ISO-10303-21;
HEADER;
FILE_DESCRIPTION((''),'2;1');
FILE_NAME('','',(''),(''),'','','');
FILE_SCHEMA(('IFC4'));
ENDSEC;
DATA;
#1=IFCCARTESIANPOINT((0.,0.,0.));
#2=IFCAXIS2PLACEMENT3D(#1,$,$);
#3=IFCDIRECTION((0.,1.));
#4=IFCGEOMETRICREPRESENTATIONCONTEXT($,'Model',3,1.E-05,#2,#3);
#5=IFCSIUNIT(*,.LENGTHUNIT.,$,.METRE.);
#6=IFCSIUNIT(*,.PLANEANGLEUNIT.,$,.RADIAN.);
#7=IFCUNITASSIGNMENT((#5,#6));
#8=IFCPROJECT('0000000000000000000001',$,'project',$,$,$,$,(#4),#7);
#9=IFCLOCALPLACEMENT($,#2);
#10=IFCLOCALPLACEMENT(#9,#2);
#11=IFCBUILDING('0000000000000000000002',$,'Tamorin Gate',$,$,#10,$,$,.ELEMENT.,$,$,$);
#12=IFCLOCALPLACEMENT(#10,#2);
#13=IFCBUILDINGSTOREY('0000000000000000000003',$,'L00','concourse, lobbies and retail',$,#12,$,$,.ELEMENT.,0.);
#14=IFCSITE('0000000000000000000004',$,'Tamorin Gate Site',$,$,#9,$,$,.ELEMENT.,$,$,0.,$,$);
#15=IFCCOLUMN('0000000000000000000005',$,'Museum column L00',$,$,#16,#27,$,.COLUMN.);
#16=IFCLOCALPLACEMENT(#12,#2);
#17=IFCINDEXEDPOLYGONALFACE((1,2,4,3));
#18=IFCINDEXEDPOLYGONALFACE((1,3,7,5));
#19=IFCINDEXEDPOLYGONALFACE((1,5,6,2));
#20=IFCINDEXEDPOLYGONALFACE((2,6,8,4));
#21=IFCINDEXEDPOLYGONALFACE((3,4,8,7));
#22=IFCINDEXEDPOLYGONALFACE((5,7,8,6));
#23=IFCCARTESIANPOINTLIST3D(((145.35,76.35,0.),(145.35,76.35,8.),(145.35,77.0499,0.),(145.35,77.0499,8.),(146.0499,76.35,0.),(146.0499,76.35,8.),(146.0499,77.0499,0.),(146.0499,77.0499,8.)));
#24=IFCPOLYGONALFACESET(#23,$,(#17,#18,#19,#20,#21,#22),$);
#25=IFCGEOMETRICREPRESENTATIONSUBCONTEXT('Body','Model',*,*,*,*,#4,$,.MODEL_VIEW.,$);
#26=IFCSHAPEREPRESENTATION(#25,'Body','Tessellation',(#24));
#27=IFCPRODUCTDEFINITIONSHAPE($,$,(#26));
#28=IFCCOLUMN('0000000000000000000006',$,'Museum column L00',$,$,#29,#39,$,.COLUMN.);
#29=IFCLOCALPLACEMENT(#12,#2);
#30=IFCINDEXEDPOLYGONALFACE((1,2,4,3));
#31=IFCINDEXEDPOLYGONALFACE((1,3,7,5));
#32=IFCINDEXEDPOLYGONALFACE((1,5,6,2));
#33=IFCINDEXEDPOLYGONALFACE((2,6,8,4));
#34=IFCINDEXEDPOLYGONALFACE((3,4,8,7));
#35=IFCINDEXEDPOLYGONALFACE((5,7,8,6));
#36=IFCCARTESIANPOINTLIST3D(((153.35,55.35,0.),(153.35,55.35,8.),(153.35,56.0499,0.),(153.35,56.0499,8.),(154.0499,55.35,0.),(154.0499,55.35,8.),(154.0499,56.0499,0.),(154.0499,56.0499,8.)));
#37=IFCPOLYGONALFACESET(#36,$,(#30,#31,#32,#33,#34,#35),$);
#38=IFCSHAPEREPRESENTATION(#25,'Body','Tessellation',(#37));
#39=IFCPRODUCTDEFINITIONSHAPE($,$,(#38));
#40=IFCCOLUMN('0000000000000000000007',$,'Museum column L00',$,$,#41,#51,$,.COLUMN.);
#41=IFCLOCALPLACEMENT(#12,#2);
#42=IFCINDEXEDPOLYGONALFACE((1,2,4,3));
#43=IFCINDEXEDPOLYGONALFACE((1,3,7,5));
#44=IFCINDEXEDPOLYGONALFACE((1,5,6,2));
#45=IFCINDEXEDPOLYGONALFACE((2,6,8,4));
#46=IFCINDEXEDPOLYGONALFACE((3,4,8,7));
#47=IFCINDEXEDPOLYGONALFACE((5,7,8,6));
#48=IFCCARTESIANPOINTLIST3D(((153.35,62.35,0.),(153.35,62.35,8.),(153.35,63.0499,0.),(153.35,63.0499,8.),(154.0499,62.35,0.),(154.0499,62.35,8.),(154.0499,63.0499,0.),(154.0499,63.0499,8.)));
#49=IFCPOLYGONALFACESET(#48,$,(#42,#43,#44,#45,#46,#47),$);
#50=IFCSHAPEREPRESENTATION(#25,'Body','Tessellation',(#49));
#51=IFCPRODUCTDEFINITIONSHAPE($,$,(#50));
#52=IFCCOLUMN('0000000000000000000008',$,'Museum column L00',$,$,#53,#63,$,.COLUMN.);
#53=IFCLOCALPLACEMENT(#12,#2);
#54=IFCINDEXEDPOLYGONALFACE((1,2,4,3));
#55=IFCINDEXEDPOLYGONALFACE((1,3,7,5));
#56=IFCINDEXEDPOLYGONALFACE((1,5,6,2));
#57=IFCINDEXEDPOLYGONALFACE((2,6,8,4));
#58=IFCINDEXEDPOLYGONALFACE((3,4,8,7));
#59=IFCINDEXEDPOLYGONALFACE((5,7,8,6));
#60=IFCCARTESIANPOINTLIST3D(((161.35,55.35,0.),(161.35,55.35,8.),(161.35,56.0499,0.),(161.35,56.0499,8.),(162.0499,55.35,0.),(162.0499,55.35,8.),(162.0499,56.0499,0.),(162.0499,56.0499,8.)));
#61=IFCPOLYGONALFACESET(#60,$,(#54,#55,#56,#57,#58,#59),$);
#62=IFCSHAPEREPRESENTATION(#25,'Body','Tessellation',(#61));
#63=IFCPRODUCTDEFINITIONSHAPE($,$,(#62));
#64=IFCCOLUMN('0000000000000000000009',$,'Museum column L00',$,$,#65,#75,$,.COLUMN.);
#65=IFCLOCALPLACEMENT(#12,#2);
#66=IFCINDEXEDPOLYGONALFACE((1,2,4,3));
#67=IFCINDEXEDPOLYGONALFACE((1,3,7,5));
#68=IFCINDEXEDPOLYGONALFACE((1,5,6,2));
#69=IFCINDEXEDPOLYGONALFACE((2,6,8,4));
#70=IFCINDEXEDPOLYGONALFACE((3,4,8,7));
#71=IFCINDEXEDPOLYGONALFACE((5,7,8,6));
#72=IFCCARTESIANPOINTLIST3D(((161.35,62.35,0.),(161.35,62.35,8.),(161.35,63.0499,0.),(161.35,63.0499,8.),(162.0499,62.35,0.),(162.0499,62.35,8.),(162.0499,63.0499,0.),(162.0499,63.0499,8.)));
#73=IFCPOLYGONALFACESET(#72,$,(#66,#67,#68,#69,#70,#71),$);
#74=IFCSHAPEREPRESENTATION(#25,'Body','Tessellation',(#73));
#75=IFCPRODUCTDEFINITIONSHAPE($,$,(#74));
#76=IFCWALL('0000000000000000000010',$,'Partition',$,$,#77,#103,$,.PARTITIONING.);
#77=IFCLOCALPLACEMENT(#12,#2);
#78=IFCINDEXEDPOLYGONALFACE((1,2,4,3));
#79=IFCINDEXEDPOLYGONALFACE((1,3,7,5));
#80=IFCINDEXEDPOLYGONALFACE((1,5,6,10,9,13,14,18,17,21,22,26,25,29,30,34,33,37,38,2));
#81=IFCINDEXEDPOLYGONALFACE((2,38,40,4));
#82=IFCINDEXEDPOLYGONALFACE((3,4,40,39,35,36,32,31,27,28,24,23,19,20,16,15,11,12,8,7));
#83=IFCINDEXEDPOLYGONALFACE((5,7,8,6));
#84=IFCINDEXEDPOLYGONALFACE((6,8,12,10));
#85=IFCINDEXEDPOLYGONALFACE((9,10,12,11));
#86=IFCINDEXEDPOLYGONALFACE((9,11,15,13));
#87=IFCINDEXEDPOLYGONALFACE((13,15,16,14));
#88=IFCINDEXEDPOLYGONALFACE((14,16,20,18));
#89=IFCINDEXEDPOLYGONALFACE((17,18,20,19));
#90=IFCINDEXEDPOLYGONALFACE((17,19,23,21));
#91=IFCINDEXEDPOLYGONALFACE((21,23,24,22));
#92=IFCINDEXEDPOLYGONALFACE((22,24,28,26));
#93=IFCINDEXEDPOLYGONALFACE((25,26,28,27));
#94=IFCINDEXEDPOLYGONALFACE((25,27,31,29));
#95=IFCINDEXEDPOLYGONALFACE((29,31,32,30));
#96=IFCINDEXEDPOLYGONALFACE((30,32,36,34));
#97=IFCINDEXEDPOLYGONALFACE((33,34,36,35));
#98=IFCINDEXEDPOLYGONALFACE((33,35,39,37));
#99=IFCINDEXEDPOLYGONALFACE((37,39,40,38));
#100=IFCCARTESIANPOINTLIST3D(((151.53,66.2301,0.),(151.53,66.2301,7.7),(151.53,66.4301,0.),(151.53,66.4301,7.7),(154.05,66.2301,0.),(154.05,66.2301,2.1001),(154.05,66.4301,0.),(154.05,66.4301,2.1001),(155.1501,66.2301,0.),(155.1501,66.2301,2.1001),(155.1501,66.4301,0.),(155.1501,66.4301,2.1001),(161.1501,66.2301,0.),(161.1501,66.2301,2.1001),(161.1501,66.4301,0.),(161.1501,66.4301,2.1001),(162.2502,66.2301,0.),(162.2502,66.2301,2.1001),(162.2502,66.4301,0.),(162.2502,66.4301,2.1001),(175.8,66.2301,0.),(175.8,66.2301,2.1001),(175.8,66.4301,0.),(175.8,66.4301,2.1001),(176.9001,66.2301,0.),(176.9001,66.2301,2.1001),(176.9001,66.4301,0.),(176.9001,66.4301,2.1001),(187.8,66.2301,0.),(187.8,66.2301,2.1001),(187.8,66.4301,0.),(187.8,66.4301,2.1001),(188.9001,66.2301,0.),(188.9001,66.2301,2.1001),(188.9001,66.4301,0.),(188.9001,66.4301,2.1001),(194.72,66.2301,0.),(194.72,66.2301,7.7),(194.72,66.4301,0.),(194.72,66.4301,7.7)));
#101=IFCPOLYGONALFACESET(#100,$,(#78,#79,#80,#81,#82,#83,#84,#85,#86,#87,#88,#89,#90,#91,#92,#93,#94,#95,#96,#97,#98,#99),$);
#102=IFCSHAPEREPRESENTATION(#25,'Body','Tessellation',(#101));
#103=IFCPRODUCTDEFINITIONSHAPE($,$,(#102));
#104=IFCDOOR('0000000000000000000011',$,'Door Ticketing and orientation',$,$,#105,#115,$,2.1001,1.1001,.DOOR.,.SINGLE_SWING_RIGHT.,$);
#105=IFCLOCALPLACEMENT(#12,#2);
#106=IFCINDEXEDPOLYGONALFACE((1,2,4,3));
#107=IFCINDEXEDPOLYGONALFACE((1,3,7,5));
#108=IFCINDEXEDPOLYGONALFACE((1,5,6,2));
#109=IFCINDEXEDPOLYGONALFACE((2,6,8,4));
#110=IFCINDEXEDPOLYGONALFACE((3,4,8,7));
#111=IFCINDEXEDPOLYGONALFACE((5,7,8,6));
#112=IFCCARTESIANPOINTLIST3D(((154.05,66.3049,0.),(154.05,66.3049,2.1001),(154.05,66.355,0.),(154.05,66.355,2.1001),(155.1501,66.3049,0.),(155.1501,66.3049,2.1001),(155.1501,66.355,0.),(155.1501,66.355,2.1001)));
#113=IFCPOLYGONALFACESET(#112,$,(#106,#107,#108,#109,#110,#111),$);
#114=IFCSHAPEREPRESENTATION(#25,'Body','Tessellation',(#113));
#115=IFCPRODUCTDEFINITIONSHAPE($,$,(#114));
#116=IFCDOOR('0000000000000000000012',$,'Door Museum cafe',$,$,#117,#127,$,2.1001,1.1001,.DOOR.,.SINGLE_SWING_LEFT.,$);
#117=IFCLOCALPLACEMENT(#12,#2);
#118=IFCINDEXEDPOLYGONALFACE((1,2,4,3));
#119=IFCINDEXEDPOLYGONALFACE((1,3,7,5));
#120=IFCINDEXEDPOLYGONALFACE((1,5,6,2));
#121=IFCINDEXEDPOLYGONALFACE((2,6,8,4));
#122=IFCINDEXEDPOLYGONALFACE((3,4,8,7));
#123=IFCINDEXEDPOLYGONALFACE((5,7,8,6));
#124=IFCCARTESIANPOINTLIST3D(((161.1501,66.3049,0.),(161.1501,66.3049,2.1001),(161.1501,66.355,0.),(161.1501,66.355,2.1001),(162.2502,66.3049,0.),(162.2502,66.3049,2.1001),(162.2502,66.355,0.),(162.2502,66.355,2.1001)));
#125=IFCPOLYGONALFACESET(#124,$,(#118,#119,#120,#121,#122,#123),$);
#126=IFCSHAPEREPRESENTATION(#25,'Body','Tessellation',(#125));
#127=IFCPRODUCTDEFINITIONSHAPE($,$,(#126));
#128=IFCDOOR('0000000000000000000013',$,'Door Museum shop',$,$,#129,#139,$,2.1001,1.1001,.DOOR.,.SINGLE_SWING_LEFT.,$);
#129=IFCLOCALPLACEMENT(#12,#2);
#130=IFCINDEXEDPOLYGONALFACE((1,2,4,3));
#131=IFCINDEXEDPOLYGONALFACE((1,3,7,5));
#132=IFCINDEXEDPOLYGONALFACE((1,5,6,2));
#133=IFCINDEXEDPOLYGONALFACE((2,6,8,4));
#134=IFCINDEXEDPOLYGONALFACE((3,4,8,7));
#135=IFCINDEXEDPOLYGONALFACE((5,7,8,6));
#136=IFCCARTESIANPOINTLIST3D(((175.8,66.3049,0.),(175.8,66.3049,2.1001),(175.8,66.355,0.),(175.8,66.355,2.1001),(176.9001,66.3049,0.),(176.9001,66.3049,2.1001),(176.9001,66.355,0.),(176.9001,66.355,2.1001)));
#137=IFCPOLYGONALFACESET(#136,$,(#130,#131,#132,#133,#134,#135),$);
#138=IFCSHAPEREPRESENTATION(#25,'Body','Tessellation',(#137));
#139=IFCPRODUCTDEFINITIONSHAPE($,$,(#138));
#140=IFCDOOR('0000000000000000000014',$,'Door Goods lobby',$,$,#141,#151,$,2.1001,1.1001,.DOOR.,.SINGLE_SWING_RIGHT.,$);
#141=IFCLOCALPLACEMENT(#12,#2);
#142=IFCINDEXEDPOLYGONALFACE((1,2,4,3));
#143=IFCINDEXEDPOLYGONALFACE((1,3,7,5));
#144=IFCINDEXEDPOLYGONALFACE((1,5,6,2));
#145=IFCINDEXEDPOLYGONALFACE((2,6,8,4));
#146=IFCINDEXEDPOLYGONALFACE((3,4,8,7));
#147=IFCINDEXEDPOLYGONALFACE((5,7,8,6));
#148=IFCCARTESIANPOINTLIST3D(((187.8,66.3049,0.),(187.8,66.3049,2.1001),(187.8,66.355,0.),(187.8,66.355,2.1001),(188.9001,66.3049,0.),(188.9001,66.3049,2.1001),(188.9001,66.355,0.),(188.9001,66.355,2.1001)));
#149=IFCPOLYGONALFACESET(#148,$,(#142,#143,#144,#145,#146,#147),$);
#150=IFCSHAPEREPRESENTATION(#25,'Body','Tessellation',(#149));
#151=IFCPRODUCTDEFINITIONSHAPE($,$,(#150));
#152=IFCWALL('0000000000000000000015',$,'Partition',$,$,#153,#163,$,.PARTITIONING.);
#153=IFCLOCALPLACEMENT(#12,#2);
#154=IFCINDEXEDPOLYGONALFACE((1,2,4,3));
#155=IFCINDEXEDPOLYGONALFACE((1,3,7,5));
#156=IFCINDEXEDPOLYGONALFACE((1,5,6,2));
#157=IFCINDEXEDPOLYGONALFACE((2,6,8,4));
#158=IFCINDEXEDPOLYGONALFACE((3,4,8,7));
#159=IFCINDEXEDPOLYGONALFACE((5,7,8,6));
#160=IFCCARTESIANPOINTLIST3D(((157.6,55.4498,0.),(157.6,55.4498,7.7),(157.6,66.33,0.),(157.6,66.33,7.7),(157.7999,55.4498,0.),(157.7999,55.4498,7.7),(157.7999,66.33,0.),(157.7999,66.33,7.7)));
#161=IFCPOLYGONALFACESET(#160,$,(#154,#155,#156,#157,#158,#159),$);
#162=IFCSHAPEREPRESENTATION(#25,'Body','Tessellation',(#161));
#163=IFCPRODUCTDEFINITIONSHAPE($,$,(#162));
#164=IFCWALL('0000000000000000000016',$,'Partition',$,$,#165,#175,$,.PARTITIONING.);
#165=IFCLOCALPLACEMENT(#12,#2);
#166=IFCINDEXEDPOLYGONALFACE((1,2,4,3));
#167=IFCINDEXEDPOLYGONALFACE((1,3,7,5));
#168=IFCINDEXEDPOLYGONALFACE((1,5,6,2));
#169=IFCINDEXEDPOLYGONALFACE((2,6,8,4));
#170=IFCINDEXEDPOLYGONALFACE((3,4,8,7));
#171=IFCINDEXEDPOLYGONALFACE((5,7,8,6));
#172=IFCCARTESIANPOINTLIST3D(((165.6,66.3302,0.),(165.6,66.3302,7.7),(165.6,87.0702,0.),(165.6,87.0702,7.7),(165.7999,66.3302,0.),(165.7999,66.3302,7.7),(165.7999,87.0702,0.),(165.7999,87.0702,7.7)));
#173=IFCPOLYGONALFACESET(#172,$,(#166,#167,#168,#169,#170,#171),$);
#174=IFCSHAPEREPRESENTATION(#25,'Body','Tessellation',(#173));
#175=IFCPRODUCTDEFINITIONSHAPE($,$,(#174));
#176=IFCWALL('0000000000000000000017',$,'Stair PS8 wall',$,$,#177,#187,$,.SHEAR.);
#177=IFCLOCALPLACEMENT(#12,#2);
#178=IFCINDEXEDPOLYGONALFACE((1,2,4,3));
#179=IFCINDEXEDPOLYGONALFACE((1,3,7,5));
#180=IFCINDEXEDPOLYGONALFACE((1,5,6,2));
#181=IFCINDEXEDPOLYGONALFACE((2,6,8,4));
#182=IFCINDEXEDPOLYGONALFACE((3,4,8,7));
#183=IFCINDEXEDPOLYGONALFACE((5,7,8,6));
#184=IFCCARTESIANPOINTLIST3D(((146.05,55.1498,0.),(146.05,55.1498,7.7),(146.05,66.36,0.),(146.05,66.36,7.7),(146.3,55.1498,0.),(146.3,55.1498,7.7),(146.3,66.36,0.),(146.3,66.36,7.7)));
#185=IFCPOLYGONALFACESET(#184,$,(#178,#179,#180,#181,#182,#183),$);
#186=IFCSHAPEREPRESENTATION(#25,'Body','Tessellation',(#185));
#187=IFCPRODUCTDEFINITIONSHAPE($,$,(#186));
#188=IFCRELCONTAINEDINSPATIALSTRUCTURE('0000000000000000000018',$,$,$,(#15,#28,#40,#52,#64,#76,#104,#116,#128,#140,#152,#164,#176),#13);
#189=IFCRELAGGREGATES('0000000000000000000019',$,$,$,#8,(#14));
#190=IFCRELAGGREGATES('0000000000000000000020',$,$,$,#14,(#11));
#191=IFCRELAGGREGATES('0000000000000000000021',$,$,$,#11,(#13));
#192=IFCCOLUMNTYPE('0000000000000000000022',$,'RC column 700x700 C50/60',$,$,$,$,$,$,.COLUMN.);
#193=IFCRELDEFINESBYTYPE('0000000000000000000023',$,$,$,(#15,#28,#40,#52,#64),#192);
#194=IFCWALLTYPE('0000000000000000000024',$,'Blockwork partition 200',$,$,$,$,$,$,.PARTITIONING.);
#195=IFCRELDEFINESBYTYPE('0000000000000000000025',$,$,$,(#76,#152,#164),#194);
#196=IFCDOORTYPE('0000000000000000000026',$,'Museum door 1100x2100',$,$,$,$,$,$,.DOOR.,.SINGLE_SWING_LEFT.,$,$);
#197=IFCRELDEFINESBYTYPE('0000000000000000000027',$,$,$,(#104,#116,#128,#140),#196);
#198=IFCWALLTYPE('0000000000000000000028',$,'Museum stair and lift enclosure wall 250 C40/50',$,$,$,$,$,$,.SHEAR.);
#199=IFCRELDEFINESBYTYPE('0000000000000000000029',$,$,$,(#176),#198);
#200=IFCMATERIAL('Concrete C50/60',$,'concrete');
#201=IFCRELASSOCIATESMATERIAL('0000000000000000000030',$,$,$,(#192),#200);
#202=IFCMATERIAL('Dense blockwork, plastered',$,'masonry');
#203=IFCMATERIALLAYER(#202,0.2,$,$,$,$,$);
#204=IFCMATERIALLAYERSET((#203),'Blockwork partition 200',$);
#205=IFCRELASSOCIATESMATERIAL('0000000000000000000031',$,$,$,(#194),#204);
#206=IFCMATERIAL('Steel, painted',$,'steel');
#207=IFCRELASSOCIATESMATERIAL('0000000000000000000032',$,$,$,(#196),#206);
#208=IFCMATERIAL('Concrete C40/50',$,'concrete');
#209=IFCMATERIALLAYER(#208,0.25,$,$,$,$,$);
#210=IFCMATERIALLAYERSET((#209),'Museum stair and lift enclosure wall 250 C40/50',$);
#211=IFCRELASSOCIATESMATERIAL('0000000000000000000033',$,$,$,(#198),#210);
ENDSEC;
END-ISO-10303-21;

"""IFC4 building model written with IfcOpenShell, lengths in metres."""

from ifc_helpers import new_model, si_unit, direction, frame, frame_2d, origin, origin_2d, place, context, subcontext, project, spatial, rectangle, extrude, material, layer, layer_set, material_profile, profile_set, type_object, element, fill, save


model = new_model("IFC4")

# Units and contexts
model_context = context("Model", 3, precision=1e-05, world=origin(), true_north=direction((0.0, 1.0)))
body_context = subcontext(model_context, "Body", "Model", "MODEL_VIEW")
ifc_project = project(units=[si_unit("LENGTHUNIT", "METRE"), si_unit("PLANEANGLEUNIT", "RADIAN")], contexts=[model_context])

# Site, building, storey
site_placement = place(None, origin())
site = spatial("IfcSite", under=ifc_project, at=site_placement, Name="Tamorin Gate Site", CompositionType="ELEMENT", RefElevation=0.0)
building_placement = place(site_placement, origin())
building = spatial("IfcBuilding", under=site, at=building_placement, Name="Tamorin Gate", CompositionType="ELEMENT")
storey_placement = place(building_placement, origin())
storey = spatial("IfcBuildingStorey", under=building, at=storey_placement, Name="L00", Description="concourse, lobbies and retail", CompositionType="ELEMENT", Elevation=0.0)

# Columns
ifc_material_1 = material(Name="Concrete C50/60", Category="concrete")
ifc_material_profile = material_profile(ifc_material_1, rectangle(XDim=0.7, YDim=0.7, at=origin_2d()), Name="RC 700x700")
ifc_profile_set = profile_set([ifc_material_profile], Name="Concrete C50/60")
column_type = type_object("IfcColumnType", Name="RC column 700x700 C50/60", PredefinedType="COLUMN", material=ifc_profile_set)
for number, where, z_axis, x_axis, name in (
    (1, (145.7, 76.7, 0.0), (0.0, 0.0, 1.0), (1.0, 0.0, 0.0), "Museum column L00"),
    (2, (153.7, 55.7, 0.0), (0.0, 0.0, 1.0), (1.0, 0.0, 0.0), "Museum column L00"),
    (3, (153.7, 62.7, 0.0), (0.0, 0.0, 1.0), (1.0, 0.0, 0.0), "Museum column L00"),
    (4, (161.7, 55.7, 0.0), (0.0, 0.0, 1.0), (1.0, 0.0, 0.0), "Museum column L00"),
    (5, (161.7, 62.7, 0.0), (0.0, 0.0, 1.0), (1.0, 0.0, 0.0), "Museum column L00"),
):
    element("IfcColumn", number, at=place(storey_placement, frame(where, z_axis=z_axis, x_axis=x_axis)), inside=storey, type_object=column_type, Name=name, PredefinedType="COLUMN", context=body_context, shape_type="SweptSolid", body=[
        extrude(rectangle(XDim=0.7, YDim=0.7, at=origin_2d()), origin(), (0.0, 0.0, 1.0), 8.0),
    ])

# Wall, openings, doors
ifc_material_2 = material(Name="Dense blockwork, plastered", Category="masonry")
ifc_layer_1 = layer(ifc_material_2, 0.2)
ifc_layer_set_1 = layer_set([ifc_layer_1], Name="Blockwork partition 200")
wall_type_1 = type_object("IfcWallType", Name="Blockwork partition 200", PredefinedType="PARTITIONING", material=ifc_layer_set_1)
wall_1_placement = place(storey_placement, frame((151.53, 66.3301, 0.0), z_axis=(0.0, 0.0, 1.0), x_axis=(1.0, 0.0, 0.0)))
wall_1 = element("IfcWall", 6, at=wall_1_placement, inside=storey, type_object=wall_type_1, Name="Partition", PredefinedType="PARTITIONING", context=body_context, shape_type="SweptSolid", body=[
    extrude(rectangle(XDim=43.1899, YDim=0.2, at=frame_2d((21.595, 0.0))), origin(), (0.0, 0.0, 1.0), 7.7),
])
opening_1_placement = place(wall_1_placement, frame((2.52, 0.0, 0.0)))
opening_1 = element("IfcOpeningElement", 7, at=opening_1_placement, cuts=wall_1, PredefinedType="OPENING", context=body_context, shape_type="SweptSolid", body=[
    extrude(rectangle(XDim=1.1001, YDim=2.1001, at=frame_2d((0.55, 1.05))), frame((0.0, 0.1099, 0.0), z_axis=(0.0, -1.0, 0.0), x_axis=(1.0, 0.0, 0.0)), (0.0, 0.0, 1.0), 0.22),
])
opening_2_placement = place(wall_1_placement, frame((9.6201, 0.0, 0.0)))
opening_2 = element("IfcOpeningElement", 8, at=opening_2_placement, cuts=wall_1, PredefinedType="OPENING", context=body_context, shape_type="SweptSolid", body=[
    extrude(rectangle(XDim=1.1001, YDim=2.1001, at=frame_2d((0.55, 1.05))), frame((0.0, 0.1099, 0.0), z_axis=(0.0, -1.0, 0.0), x_axis=(1.0, 0.0, 0.0)), (0.0, 0.0, 1.0), 0.22),
])
opening_3_placement = place(wall_1_placement, frame((24.27, 0.0, 0.0)))
opening_3 = element("IfcOpeningElement", 9, at=opening_3_placement, cuts=wall_1, PredefinedType="OPENING", context=body_context, shape_type="SweptSolid", body=[
    extrude(rectangle(XDim=1.1001, YDim=2.1001, at=frame_2d((0.55, 1.05))), frame((0.0, 0.1099, 0.0), z_axis=(0.0, -1.0, 0.0), x_axis=(1.0, 0.0, 0.0)), (0.0, 0.0, 1.0), 0.22),
])
opening_4_placement = place(wall_1_placement, frame((36.27, 0.0, 0.0)))
opening_4 = element("IfcOpeningElement", 10, at=opening_4_placement, cuts=wall_1, PredefinedType="OPENING", context=body_context, shape_type="SweptSolid", body=[
    extrude(rectangle(XDim=1.1001, YDim=2.1001, at=frame_2d((0.55, 1.05))), frame((0.0, 0.1099, 0.0), z_axis=(0.0, -1.0, 0.0), x_axis=(1.0, 0.0, 0.0)), (0.0, 0.0, 1.0), 0.22),
])
ifc_material_3 = material(Name="Steel, painted", Category="steel")
door_type_1 = type_object("IfcDoorType", Name="Museum door 1100x2100", OperationType="SINGLE_SWING_LEFT", PredefinedType="DOOR", material=ifc_material_3)
door_1_placement = place(opening_1_placement, origin())
door_1 = element("IfcDoor", 11, at=door_1_placement, inside=storey, type_object=door_type_1, Name="Door Ticketing and orientation", OperationType="SINGLE_SWING_RIGHT", OverallHeight=2.1001, OverallWidth=1.1001, PredefinedType="DOOR", context=body_context, shape_type="SweptSolid", body=[
    extrude(rectangle(XDim=1.1001, YDim=2.1001, at=frame_2d((0.55, 1.05))), frame((0.0, 0.0249, 0.0), z_axis=(0.0, -1.0, 0.0), x_axis=(1.0, 0.0, 0.0)), (0.0, 0.0, 1.0), 0.05),
])
fill(opening_1, door_1)
door_2_placement = place(opening_2_placement, origin())
door_2 = element("IfcDoor", 12, at=door_2_placement, inside=storey, type_object=door_type_1, Name="Door Museum cafe", OperationType="SINGLE_SWING_LEFT", OverallHeight=2.1001, OverallWidth=1.1001, PredefinedType="DOOR", context=body_context, shape_type="SweptSolid", body=[
    extrude(rectangle(XDim=1.1001, YDim=2.1001, at=frame_2d((0.55, 1.05))), frame((0.0, 0.0249, 0.0), z_axis=(0.0, -1.0, 0.0), x_axis=(1.0, 0.0, 0.0)), (0.0, 0.0, 1.0), 0.05),
])
fill(opening_2, door_2)
door_3_placement = place(opening_3_placement, origin())
door_3 = element("IfcDoor", 13, at=door_3_placement, inside=storey, type_object=door_type_1, Name="Door Museum shop", OperationType="SINGLE_SWING_LEFT", OverallHeight=2.1001, OverallWidth=1.1001, PredefinedType="DOOR", context=body_context, shape_type="SweptSolid", body=[
    extrude(rectangle(XDim=1.1001, YDim=2.1001, at=frame_2d((0.55, 1.05))), frame((0.0, 0.0249, 0.0), z_axis=(0.0, -1.0, 0.0), x_axis=(1.0, 0.0, 0.0)), (0.0, 0.0, 1.0), 0.05),
])
fill(opening_3, door_3)
door_4_placement = place(opening_4_placement, origin())
door_4 = element("IfcDoor", 14, at=door_4_placement, inside=storey, type_object=door_type_1, Name="Door Goods lobby", OperationType="SINGLE_SWING_RIGHT", OverallHeight=2.1001, OverallWidth=1.1001, PredefinedType="DOOR", context=body_context, shape_type="SweptSolid", body=[
    extrude(rectangle(XDim=1.1001, YDim=2.1001, at=frame_2d((0.55, 1.05))), frame((0.0, 0.0249, 0.0), z_axis=(0.0, -1.0, 0.0), x_axis=(1.0, 0.0, 0.0)), (0.0, 0.0, 1.0), 0.05),
])
fill(opening_4, door_4)

# Walls
wall_2_placement = place(storey_placement, frame((157.7, 55.45, 0.0), z_axis=(0.0, 0.0, 1.0), x_axis=(0.0, 1.0, 0.0)))
element("IfcWall", 15, at=wall_2_placement, inside=storey, type_object=wall_type_1, Name="Partition", PredefinedType="PARTITIONING", context=body_context, shape_type="SweptSolid", body=[
    extrude(rectangle(XDim=10.8801, YDim=0.2, at=frame_2d((5.4399, 0.0))), origin(), (0.0, 0.0, 1.0), 7.7),
])
wall_3_placement = place(storey_placement, frame((165.7, 66.3301, 0.0), z_axis=(0.0, 0.0, 1.0), x_axis=(0.0, 1.0, 0.0)))
element("IfcWall", 16, at=wall_3_placement, inside=storey, type_object=wall_type_1, Name="Partition", PredefinedType="PARTITIONING", context=body_context, shape_type="SweptSolid", body=[
    extrude(rectangle(XDim=20.74, YDim=0.2, at=frame_2d((10.3701, 0.0))), origin(), (0.0, 0.0, 1.0), 7.7),
])
ifc_material_4 = material(Name="Concrete C40/50", Category="concrete")
ifc_layer_2 = layer(ifc_material_4, 0.25)
ifc_layer_set_2 = layer_set([ifc_layer_2], Name="Museum stair and lift enclosure wall 250 C40/50")
wall_type_2 = type_object("IfcWallType", Name="Museum stair and lift enclosure wall 250 C40/50", PredefinedType="SHEAR", material=ifc_layer_set_2)
wall_4_placement = place(storey_placement, frame((146.175, 55.1499, 0.0), z_axis=(0.0, 0.0, 1.0), x_axis=(0.0, 1.0, 0.0)))
element("IfcWall", 17, at=wall_4_placement, inside=storey, type_object=wall_type_2, Name="Stair PS8 wall", PredefinedType="SHEAR", context=body_context, shape_type="SweptSolid", body=[
    extrude(rectangle(XDim=11.2102, YDim=0.25, at=frame_2d((5.605, 0.0))), origin(), (0.0, 0.0, 1.0), 7.7),
])

save(model, "model.ifc")
